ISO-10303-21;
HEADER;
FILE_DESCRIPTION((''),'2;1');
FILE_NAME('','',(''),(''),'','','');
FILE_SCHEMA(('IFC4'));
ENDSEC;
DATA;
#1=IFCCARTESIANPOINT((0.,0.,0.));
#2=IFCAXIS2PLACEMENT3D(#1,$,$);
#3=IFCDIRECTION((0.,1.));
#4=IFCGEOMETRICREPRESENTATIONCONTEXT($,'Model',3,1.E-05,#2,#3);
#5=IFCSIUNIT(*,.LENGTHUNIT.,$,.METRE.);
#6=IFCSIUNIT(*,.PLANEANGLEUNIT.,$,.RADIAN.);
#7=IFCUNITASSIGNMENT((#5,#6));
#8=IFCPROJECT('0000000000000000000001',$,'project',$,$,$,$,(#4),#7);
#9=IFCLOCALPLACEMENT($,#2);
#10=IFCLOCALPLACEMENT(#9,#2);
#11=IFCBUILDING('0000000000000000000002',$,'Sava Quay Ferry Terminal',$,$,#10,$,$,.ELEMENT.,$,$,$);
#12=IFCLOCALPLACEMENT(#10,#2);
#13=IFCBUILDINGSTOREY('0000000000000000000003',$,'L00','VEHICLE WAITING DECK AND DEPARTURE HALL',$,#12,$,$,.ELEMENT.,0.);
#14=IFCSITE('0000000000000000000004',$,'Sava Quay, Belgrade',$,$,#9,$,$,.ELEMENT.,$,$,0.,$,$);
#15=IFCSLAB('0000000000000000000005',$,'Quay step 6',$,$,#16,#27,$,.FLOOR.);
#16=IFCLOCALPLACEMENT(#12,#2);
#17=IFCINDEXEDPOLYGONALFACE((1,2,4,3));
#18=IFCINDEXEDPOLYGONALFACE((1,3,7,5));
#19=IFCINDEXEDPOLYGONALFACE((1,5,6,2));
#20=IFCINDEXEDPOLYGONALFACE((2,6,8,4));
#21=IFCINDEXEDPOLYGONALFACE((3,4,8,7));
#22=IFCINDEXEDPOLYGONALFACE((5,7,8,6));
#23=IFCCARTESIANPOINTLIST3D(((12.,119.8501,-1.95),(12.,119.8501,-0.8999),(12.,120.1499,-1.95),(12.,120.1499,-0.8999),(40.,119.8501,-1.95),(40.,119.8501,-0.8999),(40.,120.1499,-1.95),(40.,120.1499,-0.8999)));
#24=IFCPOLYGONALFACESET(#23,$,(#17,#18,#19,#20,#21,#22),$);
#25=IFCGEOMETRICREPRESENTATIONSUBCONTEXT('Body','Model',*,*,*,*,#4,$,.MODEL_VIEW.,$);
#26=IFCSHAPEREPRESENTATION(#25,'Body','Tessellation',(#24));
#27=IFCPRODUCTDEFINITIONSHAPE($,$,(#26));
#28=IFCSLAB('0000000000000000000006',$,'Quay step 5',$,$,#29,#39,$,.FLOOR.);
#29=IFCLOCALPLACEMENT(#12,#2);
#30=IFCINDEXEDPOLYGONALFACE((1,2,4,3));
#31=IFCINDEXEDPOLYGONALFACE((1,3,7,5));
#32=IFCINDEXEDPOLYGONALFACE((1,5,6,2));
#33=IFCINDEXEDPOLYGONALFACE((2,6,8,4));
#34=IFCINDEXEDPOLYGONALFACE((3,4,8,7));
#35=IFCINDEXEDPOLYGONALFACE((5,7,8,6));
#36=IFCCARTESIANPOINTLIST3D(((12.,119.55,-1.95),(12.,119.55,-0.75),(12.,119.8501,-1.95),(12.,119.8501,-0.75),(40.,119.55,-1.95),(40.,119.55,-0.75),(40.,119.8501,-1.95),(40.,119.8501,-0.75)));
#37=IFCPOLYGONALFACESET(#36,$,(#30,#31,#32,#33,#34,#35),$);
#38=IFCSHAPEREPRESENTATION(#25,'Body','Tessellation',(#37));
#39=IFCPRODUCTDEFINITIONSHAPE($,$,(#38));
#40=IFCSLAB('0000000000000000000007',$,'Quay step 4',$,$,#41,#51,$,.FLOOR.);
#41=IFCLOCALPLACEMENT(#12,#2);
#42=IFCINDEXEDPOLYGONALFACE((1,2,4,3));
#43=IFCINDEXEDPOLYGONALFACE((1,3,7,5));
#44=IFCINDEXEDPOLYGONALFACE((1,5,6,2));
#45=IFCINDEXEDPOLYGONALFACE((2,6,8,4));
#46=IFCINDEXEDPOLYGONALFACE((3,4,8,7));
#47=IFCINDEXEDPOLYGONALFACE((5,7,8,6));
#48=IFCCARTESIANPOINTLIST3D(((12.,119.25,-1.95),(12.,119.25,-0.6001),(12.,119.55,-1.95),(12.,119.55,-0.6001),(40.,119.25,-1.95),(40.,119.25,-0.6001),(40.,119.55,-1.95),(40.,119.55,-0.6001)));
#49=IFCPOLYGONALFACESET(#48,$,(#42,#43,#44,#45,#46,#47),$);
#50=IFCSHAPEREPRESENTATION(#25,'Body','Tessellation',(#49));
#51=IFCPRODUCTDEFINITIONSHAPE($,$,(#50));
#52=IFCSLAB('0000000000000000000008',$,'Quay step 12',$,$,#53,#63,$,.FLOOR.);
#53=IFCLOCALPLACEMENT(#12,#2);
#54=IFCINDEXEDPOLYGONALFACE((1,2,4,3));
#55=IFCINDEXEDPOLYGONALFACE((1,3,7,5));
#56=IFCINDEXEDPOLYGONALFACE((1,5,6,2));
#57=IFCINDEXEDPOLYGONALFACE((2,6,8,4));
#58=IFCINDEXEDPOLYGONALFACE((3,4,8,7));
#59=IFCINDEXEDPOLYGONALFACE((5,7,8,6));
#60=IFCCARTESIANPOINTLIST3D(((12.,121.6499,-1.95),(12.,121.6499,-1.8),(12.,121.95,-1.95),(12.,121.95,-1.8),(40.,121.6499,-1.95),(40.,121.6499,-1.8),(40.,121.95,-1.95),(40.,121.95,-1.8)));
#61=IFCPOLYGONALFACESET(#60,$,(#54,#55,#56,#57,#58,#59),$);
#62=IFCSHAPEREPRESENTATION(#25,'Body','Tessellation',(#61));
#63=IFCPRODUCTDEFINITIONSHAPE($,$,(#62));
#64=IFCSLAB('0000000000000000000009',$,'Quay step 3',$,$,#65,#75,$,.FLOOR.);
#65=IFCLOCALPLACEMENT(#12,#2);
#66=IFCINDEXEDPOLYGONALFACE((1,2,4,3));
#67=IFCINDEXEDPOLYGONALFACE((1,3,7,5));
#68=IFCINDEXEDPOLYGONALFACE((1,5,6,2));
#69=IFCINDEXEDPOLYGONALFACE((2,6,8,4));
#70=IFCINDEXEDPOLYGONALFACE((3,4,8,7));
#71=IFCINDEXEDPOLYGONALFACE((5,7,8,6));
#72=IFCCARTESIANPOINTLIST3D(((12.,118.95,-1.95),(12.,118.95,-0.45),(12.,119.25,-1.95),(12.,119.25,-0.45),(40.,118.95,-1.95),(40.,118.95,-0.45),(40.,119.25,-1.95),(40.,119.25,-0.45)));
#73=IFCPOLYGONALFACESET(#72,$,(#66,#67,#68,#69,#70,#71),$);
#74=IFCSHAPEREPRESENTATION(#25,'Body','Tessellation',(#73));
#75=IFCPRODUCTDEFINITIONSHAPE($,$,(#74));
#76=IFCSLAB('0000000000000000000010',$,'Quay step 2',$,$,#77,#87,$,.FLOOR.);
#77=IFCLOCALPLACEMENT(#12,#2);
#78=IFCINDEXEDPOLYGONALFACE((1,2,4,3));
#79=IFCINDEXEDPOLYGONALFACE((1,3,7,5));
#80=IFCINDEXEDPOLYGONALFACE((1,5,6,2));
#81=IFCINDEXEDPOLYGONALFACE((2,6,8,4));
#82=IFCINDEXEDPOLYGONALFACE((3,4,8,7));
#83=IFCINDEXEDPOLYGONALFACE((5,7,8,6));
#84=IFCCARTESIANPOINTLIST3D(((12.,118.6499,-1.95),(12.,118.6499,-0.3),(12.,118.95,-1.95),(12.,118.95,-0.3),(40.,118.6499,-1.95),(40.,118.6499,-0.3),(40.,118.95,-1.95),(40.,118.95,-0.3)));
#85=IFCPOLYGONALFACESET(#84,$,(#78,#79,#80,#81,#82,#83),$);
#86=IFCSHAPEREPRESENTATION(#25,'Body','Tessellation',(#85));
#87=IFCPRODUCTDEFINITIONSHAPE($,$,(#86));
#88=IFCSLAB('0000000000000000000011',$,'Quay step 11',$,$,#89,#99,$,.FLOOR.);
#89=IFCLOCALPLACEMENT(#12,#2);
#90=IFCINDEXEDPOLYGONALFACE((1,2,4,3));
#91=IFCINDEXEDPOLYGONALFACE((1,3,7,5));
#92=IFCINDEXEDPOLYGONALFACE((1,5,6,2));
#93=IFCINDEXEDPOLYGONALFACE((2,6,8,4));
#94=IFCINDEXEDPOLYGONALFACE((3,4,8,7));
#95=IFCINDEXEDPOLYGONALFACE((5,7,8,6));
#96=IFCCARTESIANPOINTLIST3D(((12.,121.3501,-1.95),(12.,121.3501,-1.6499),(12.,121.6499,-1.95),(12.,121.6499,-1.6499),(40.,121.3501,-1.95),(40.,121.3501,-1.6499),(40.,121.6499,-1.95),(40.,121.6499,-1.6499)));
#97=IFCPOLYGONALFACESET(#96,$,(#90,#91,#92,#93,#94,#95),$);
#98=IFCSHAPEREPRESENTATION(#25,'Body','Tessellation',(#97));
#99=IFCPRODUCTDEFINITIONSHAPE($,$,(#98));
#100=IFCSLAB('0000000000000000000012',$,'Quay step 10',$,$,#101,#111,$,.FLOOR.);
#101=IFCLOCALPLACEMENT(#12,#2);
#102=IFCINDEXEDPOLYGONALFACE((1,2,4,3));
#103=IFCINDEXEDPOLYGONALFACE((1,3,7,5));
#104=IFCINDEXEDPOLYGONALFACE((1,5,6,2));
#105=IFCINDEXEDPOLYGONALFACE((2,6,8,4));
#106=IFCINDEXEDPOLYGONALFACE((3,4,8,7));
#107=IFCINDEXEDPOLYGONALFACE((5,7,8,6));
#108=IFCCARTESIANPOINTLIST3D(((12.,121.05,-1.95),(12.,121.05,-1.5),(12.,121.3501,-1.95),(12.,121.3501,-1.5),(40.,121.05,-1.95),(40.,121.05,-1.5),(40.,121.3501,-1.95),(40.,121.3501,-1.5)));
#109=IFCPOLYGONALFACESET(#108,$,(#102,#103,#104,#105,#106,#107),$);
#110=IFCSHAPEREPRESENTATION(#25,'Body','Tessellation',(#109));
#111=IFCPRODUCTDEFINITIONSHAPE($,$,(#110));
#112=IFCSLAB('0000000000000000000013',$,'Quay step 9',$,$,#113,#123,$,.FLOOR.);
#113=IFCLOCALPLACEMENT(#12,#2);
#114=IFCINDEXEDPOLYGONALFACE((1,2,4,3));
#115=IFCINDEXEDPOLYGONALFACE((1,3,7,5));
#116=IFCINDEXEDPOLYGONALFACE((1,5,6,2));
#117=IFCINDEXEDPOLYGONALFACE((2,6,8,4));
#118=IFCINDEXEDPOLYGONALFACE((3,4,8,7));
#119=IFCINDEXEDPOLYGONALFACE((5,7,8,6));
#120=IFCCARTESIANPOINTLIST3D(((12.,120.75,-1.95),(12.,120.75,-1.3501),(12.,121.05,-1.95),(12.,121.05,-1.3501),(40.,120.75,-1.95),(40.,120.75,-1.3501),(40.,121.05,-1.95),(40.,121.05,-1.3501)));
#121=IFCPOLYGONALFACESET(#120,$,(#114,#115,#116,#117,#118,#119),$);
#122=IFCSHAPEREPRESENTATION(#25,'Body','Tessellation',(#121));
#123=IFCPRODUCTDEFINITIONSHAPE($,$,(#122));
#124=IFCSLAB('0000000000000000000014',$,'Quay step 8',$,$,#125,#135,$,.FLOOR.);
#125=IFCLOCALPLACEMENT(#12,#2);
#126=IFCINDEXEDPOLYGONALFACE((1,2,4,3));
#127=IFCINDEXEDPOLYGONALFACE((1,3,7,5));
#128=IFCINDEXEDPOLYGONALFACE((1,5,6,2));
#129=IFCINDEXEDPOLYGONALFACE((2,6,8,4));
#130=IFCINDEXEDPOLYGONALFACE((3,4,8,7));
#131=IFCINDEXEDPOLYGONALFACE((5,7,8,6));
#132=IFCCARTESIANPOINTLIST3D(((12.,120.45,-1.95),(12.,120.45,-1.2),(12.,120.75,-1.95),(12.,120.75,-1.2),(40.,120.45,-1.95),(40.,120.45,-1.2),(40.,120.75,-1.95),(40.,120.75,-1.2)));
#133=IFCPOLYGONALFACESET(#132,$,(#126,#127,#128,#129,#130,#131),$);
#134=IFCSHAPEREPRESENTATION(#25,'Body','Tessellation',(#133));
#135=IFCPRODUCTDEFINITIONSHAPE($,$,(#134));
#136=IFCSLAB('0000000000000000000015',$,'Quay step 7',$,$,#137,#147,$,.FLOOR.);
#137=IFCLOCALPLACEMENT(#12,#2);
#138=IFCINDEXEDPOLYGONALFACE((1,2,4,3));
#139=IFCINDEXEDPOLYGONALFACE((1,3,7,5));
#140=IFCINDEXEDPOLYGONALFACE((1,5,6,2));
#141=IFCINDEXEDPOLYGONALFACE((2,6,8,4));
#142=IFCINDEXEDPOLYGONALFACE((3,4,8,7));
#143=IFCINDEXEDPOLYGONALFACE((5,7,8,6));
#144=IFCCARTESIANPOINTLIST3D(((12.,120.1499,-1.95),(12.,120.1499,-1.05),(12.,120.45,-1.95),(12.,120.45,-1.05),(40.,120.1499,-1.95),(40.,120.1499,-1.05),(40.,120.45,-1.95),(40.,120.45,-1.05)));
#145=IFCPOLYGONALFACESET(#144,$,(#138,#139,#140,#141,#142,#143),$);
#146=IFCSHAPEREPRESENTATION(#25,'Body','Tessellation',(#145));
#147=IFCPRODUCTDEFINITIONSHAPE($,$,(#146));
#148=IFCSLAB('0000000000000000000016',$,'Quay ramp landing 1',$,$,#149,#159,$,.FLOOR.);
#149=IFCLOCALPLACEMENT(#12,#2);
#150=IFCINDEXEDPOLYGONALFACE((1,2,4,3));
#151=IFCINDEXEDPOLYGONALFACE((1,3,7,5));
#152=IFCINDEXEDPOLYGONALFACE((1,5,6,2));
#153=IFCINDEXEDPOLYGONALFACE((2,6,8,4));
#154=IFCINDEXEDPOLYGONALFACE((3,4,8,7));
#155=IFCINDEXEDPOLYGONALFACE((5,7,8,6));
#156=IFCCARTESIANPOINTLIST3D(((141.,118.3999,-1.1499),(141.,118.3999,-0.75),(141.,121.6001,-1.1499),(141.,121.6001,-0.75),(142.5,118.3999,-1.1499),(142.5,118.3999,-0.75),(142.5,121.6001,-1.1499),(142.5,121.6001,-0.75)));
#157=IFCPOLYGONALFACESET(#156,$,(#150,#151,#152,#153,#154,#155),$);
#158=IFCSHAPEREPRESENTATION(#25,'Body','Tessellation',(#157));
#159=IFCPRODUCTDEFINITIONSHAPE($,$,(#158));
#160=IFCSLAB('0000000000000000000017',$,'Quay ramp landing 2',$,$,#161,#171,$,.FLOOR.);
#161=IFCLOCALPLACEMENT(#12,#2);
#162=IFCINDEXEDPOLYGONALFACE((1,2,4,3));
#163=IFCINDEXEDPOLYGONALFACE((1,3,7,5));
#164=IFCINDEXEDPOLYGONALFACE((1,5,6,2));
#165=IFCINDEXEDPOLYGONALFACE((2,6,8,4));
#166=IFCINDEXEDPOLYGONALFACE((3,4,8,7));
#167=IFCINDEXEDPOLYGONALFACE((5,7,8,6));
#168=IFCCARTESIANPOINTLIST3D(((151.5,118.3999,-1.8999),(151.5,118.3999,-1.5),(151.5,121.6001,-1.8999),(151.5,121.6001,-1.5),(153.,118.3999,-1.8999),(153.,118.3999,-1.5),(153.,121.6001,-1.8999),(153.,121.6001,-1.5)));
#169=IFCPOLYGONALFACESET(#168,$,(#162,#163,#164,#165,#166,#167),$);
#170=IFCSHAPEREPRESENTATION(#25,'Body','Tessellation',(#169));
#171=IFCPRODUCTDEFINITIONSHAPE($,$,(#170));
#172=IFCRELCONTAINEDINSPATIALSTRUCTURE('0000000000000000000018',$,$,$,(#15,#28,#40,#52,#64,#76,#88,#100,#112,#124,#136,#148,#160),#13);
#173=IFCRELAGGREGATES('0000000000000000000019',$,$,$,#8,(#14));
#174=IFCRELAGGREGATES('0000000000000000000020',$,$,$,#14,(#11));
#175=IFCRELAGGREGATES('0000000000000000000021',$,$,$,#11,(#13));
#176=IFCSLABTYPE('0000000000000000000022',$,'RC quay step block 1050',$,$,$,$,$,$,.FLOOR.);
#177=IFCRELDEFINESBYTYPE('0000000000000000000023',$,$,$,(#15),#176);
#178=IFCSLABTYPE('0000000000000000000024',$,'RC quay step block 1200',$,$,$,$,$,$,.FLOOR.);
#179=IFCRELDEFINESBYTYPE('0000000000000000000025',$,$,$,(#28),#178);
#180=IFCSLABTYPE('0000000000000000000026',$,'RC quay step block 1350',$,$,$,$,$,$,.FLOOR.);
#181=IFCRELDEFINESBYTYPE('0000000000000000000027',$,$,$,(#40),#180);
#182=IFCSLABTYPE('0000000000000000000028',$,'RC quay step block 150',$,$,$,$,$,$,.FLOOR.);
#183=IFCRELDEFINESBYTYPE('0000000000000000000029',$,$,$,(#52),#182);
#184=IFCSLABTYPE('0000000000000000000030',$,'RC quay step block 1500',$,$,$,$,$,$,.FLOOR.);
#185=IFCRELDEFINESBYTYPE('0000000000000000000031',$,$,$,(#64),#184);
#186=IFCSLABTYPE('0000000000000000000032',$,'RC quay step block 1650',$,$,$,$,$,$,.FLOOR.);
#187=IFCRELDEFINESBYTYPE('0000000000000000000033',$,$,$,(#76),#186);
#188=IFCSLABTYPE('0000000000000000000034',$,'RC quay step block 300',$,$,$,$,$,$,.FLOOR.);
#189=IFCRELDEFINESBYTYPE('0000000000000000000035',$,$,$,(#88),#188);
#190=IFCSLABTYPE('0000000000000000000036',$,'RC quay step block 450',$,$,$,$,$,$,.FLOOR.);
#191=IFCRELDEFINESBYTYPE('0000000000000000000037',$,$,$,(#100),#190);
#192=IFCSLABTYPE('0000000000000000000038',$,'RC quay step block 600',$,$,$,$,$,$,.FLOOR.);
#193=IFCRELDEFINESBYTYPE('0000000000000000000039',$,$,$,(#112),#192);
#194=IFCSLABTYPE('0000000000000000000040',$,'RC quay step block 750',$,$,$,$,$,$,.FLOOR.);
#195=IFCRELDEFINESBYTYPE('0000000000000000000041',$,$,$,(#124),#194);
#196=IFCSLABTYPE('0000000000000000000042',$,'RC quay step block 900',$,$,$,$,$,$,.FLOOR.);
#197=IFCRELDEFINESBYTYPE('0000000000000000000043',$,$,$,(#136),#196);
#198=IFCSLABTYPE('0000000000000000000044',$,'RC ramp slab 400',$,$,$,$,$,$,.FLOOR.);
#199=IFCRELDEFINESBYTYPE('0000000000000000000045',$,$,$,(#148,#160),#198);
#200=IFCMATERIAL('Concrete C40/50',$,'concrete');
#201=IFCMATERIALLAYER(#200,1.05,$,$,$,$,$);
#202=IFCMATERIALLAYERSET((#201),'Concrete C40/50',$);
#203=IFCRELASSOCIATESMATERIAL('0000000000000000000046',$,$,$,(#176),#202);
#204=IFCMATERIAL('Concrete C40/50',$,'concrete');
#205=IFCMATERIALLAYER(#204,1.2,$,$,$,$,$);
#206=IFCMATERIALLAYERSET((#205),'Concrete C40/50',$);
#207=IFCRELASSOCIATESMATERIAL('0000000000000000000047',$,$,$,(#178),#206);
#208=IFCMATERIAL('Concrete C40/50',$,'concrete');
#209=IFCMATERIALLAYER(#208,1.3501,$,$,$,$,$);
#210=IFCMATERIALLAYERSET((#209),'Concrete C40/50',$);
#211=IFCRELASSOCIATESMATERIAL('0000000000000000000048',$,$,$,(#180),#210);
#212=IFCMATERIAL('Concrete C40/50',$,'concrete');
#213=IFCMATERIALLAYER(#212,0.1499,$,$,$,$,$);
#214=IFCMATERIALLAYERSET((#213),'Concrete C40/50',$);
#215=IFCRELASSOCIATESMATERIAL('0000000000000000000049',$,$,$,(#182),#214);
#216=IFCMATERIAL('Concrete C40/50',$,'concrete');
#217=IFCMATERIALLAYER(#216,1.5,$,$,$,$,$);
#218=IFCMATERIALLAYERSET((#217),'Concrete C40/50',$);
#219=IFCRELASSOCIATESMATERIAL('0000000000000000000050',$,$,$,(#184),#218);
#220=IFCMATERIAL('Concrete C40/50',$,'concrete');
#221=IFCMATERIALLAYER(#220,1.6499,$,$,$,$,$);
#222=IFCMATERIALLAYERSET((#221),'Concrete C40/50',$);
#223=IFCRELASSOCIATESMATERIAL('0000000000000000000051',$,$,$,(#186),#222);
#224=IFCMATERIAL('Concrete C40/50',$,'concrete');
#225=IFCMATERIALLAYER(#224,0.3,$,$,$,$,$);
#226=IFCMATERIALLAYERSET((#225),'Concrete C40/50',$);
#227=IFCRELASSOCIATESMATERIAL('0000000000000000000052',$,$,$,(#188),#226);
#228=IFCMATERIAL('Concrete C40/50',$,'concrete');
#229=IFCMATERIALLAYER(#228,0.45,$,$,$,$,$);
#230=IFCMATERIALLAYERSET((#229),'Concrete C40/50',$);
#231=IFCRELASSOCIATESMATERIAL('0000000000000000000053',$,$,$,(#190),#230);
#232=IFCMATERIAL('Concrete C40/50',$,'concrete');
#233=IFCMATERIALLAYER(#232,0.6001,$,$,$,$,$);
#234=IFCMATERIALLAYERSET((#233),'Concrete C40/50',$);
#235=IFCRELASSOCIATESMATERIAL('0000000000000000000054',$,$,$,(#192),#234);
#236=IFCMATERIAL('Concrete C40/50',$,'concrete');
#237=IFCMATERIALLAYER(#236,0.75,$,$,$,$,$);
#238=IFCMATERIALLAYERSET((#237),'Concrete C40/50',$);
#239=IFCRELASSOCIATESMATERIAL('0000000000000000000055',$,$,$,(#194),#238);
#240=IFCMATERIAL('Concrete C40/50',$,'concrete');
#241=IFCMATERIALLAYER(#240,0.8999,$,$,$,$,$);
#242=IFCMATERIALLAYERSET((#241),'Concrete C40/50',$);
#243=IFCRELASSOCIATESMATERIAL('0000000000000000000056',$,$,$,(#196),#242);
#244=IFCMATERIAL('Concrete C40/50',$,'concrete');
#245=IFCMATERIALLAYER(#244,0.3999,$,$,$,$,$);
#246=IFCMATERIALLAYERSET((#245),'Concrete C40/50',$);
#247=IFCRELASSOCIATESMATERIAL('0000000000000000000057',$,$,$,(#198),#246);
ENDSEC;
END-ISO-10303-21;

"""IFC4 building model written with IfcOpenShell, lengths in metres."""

from ifc_helpers import new_model, si_unit, direction, frame, origin, place, context, subcontext, project, spatial, polyline, outline, extrude, material, layer, layer_set, type_object, element, save


model = new_model("IFC4")

# Units and contexts
model_context = context("Model", 3, precision=1e-05, world=origin(), true_north=direction((0.0, 1.0)))
body_context = subcontext(model_context, "Body", "Model", "MODEL_VIEW")
ifc_project = project(units=[si_unit("LENGTHUNIT", "METRE"), si_unit("PLANEANGLEUNIT", "RADIAN")], contexts=[model_context])

# Site, building, storey
site_placement = place(None, origin())
site = spatial("IfcSite", under=ifc_project, at=site_placement, Name="Sava Quay, Belgrade", CompositionType="ELEMENT", RefElevation=0.0)
building_placement = place(site_placement, origin())
building = spatial("IfcBuilding", under=site, at=building_placement, Name="Sava Quay Ferry Terminal", CompositionType="ELEMENT")
storey_placement = place(building_placement, origin())
storey = spatial("IfcBuildingStorey", under=building, at=storey_placement, Name="L00", Description="VEHICLE WAITING DECK AND DEPARTURE HALL", CompositionType="ELEMENT", Elevation=0.0)

# Slabs
ifc_material_1 = material(Name="Concrete C40/50", Category="concrete")
ifc_layer_1 = layer(ifc_material_1, 1.05)
ifc_layer_set_1 = layer_set([ifc_layer_1], Name="Concrete C40/50")
slab_type_1 = type_object("IfcSlabType", Name="RC quay step block 1050", PredefinedType="FLOOR", material=ifc_layer_set_1)
slab_1_placement = place(storey_placement, frame((0.0, 0.0, -1.95)))
element("IfcSlab", 1, at=slab_1_placement, inside=storey, type_object=slab_type_1, Name="Quay step 6", PredefinedType="FLOOR", context=body_context, shape_type="SweptSolid", body=[
    extrude(outline(polyline([(12.0, 119.8501), (40.0, 119.8501), (40.0, 120.1499), (12.0, 120.1499), (12.0, 119.8501)])), origin(), (0.0, 0.0, 1.0), 1.05),
])
ifc_material_2 = material(Name="Concrete C40/50", Category="concrete")
ifc_layer_2 = layer(ifc_material_2, 1.2)
ifc_layer_set_2 = layer_set([ifc_layer_2], Name="Concrete C40/50")
slab_type_2 = type_object("IfcSlabType", Name="RC quay step block 1200", PredefinedType="FLOOR", material=ifc_layer_set_2)
slab_2_placement = place(storey_placement, frame((0.0, 0.0, -1.95)))
element("IfcSlab", 2, at=slab_2_placement, inside=storey, type_object=slab_type_2, Name="Quay step 5", PredefinedType="FLOOR", context=body_context, shape_type="SweptSolid", body=[
    extrude(outline(polyline([(12.0, 119.55), (40.0, 119.55), (40.0, 119.8501), (12.0, 119.8501), (12.0, 119.55)])), origin(), (0.0, 0.0, 1.0), 1.2),
])
ifc_material_3 = material(Name="Concrete C40/50", Category="concrete")
ifc_layer_3 = layer(ifc_material_3, 1.3501)
ifc_layer_set_3 = layer_set([ifc_layer_3], Name="Concrete C40/50")
slab_type_3 = type_object("IfcSlabType", Name="RC quay step block 1350", PredefinedType="FLOOR", material=ifc_layer_set_3)
slab_3_placement = place(storey_placement, frame((0.0, 0.0, -1.95)))
element("IfcSlab", 3, at=slab_3_placement, inside=storey, type_object=slab_type_3, Name="Quay step 4", PredefinedType="FLOOR", context=body_context, shape_type="SweptSolid", body=[
    extrude(outline(polyline([(12.0, 119.25), (40.0, 119.25), (40.0, 119.55), (12.0, 119.55), (12.0, 119.25)])), origin(), (0.0, 0.0, 1.0), 1.3499),
])
ifc_material_4 = material(Name="Concrete C40/50", Category="concrete")
ifc_layer_4 = layer(ifc_material_4, 0.1499)
ifc_layer_set_4 = layer_set([ifc_layer_4], Name="Concrete C40/50")
slab_type_4 = type_object("IfcSlabType", Name="RC quay step block 150", PredefinedType="FLOOR", material=ifc_layer_set_4)
slab_4_placement = place(storey_placement, frame((0.0, 0.0, -1.95)))
element("IfcSlab", 4, at=slab_4_placement, inside=storey, type_object=slab_type_4, Name="Quay step 12", PredefinedType="FLOOR", context=body_context, shape_type="SweptSolid", body=[
    extrude(outline(polyline([(12.0, 121.6499), (40.0, 121.6499), (40.0, 121.95), (12.0, 121.95), (12.0, 121.6499)])), origin(), (0.0, 0.0, 1.0), 0.1499),
])
ifc_material_5 = material(Name="Concrete C40/50", Category="concrete")
ifc_layer_5 = layer(ifc_material_5, 1.5)
ifc_layer_set_5 = layer_set([ifc_layer_5], Name="Concrete C40/50")
slab_type_5 = type_object("IfcSlabType", Name="RC quay step block 1500", PredefinedType="FLOOR", material=ifc_layer_set_5)
slab_5_placement = place(storey_placement, frame((0.0, 0.0, -1.95)))
element("IfcSlab", 5, at=slab_5_placement, inside=storey, type_object=slab_type_5, Name="Quay step 3", PredefinedType="FLOOR", context=body_context, shape_type="SweptSolid", body=[
    extrude(outline(polyline([(12.0, 118.95), (40.0, 118.95), (40.0, 119.25), (12.0, 119.25), (12.0, 118.95)])), origin(), (0.0, 0.0, 1.0), 1.5),
])
ifc_material_6 = material(Name="Concrete C40/50", Category="concrete")
ifc_layer_6 = layer(ifc_material_6, 1.6499)
ifc_layer_set_6 = layer_set([ifc_layer_6], Name="Concrete C40/50")
slab_type_6 = type_object("IfcSlabType", Name="RC quay step block 1650", PredefinedType="FLOOR", material=ifc_layer_set_6)
slab_6_placement = place(storey_placement, frame((0.0, 0.0, -1.95)))
element("IfcSlab", 6, at=slab_6_placement, inside=storey, type_object=slab_type_6, Name="Quay step 2", PredefinedType="FLOOR", context=body_context, shape_type="SweptSolid", body=[
    extrude(outline(polyline([(12.0, 118.6499), (40.0, 118.6499), (40.0, 118.95), (12.0, 118.95), (12.0, 118.6499)])), origin(), (0.0, 0.0, 1.0), 1.6499),
])
ifc_material_7 = material(Name="Concrete C40/50", Category="concrete")
ifc_layer_7 = layer(ifc_material_7, 0.3)
ifc_layer_set_7 = layer_set([ifc_layer_7], Name="Concrete C40/50")
slab_type_7 = type_object("IfcSlabType", Name="RC quay step block 300", PredefinedType="FLOOR", material=ifc_layer_set_7)
slab_7_placement = place(storey_placement, frame((0.0, 0.0, -1.95)))
element("IfcSlab", 7, at=slab_7_placement, inside=storey, type_object=slab_type_7, Name="Quay step 11", PredefinedType="FLOOR", context=body_context, shape_type="SweptSolid", body=[
    extrude(outline(polyline([(12.0, 121.3501), (40.0, 121.3501), (40.0, 121.6499), (12.0, 121.6499), (12.0, 121.3501)])), origin(), (0.0, 0.0, 1.0), 0.3),
])
ifc_material_8 = material(Name="Concrete C40/50", Category="concrete")
ifc_layer_8 = layer(ifc_material_8, 0.45)
ifc_layer_set_8 = layer_set([ifc_layer_8], Name="Concrete C40/50")
slab_type_8 = type_object("IfcSlabType", Name="RC quay step block 450", PredefinedType="FLOOR", material=ifc_layer_set_8)
slab_8_placement = place(storey_placement, frame((0.0, 0.0, -1.95)))
element("IfcSlab", 8, at=slab_8_placement, inside=storey, type_object=slab_type_8, Name="Quay step 10", PredefinedType="FLOOR", context=body_context, shape_type="SweptSolid", body=[
    extrude(outline(polyline([(12.0, 121.05), (40.0, 121.05), (40.0, 121.3501), (12.0, 121.3501), (12.0, 121.05)])), origin(), (0.0, 0.0, 1.0), 0.45),
])
ifc_material_9 = material(Name="Concrete C40/50", Category="concrete")
ifc_layer_9 = layer(ifc_material_9, 0.6001)
ifc_layer_set_9 = layer_set([ifc_layer_9], Name="Concrete C40/50")
slab_type_9 = type_object("IfcSlabType", Name="RC quay step block 600", PredefinedType="FLOOR", material=ifc_layer_set_9)
slab_9_placement = place(storey_placement, frame((0.0, 0.0, -1.95)))
element("IfcSlab", 9, at=slab_9_placement, inside=storey, type_object=slab_type_9, Name="Quay step 9", PredefinedType="FLOOR", context=body_context, shape_type="SweptSolid", body=[
    extrude(outline(polyline([(12.0, 120.75), (40.0, 120.75), (40.0, 121.05), (12.0, 121.05), (12.0, 120.75)])), origin(), (0.0, 0.0, 1.0), 0.5999),
])
ifc_material_10 = material(Name="Concrete C40/50", Category="concrete")
ifc_layer_10 = layer(ifc_material_10, 0.75)
ifc_layer_set_10 = layer_set([ifc_layer_10], Name="Concrete C40/50")
slab_type_10 = type_object("IfcSlabType", Name="RC quay step block 750", PredefinedType="FLOOR", material=ifc_layer_set_10)
slab_10_placement = place(storey_placement, frame((0.0, 0.0, -1.95)))
element("IfcSlab", 10, at=slab_10_placement, inside=storey, type_object=slab_type_10, Name="Quay step 8", PredefinedType="FLOOR", context=body_context, shape_type="SweptSolid", body=[
    extrude(outline(polyline([(12.0, 120.45), (40.0, 120.45), (40.0, 120.75), (12.0, 120.75), (12.0, 120.45)])), origin(), (0.0, 0.0, 1.0), 0.75),
])
ifc_material_11 = material(Name="Concrete C40/50", Category="concrete")
ifc_layer_11 = layer(ifc_material_11, 0.8999)
ifc_layer_set_11 = layer_set([ifc_layer_11], Name="Concrete C40/50")
slab_type_11 = type_object("IfcSlabType", Name="RC quay step block 900", PredefinedType="FLOOR", material=ifc_layer_set_11)
slab_11_placement = place(storey_placement, frame((0.0, 0.0, -1.95)))
element("IfcSlab", 11, at=slab_11_placement, inside=storey, type_object=slab_type_11, Name="Quay step 7", PredefinedType="FLOOR", context=body_context, shape_type="SweptSolid", body=[
    extrude(outline(polyline([(12.0, 120.1499), (40.0, 120.1499), (40.0, 120.45), (12.0, 120.45), (12.0, 120.1499)])), origin(), (0.0, 0.0, 1.0), 0.8999),
])
ifc_material_12 = material(Name="Concrete C40/50", Category="concrete")
ifc_layer_12 = layer(ifc_material_12, 0.3999)
ifc_layer_set_12 = layer_set([ifc_layer_12], Name="Concrete C40/50")
slab_type_12 = type_object("IfcSlabType", Name="RC ramp slab 400", PredefinedType="FLOOR", material=ifc_layer_set_12)
slab_12_placement = place(storey_placement, frame((0.0, 0.0, -1.1499)))
element("IfcSlab", 12, at=slab_12_placement, inside=storey, type_object=slab_type_12, Name="Quay ramp landing 1", PredefinedType="FLOOR", context=body_context, shape_type="SweptSolid", body=[
    extrude(outline(polyline([(141.0, 118.3999), (142.5, 118.3999), (142.5, 121.6001), (141.0, 121.6001), (141.0, 118.3999)])), origin(), (0.0, 0.0, 1.0), 0.3999),
])
slab_13_placement = place(storey_placement, frame((0.0, 0.0, -1.8999)))
element("IfcSlab", 13, at=slab_13_placement, inside=storey, type_object=slab_type_12, Name="Quay ramp landing 2", PredefinedType="FLOOR", context=body_context, shape_type="SweptSolid", body=[
    extrude(outline(polyline([(151.5, 118.3999), (153.0, 118.3999), (153.0, 121.6001), (151.5, 121.6001), (151.5, 118.3999)])), origin(), (0.0, 0.0, 1.0), 0.3999),
])

save(model, "model.ifc")
